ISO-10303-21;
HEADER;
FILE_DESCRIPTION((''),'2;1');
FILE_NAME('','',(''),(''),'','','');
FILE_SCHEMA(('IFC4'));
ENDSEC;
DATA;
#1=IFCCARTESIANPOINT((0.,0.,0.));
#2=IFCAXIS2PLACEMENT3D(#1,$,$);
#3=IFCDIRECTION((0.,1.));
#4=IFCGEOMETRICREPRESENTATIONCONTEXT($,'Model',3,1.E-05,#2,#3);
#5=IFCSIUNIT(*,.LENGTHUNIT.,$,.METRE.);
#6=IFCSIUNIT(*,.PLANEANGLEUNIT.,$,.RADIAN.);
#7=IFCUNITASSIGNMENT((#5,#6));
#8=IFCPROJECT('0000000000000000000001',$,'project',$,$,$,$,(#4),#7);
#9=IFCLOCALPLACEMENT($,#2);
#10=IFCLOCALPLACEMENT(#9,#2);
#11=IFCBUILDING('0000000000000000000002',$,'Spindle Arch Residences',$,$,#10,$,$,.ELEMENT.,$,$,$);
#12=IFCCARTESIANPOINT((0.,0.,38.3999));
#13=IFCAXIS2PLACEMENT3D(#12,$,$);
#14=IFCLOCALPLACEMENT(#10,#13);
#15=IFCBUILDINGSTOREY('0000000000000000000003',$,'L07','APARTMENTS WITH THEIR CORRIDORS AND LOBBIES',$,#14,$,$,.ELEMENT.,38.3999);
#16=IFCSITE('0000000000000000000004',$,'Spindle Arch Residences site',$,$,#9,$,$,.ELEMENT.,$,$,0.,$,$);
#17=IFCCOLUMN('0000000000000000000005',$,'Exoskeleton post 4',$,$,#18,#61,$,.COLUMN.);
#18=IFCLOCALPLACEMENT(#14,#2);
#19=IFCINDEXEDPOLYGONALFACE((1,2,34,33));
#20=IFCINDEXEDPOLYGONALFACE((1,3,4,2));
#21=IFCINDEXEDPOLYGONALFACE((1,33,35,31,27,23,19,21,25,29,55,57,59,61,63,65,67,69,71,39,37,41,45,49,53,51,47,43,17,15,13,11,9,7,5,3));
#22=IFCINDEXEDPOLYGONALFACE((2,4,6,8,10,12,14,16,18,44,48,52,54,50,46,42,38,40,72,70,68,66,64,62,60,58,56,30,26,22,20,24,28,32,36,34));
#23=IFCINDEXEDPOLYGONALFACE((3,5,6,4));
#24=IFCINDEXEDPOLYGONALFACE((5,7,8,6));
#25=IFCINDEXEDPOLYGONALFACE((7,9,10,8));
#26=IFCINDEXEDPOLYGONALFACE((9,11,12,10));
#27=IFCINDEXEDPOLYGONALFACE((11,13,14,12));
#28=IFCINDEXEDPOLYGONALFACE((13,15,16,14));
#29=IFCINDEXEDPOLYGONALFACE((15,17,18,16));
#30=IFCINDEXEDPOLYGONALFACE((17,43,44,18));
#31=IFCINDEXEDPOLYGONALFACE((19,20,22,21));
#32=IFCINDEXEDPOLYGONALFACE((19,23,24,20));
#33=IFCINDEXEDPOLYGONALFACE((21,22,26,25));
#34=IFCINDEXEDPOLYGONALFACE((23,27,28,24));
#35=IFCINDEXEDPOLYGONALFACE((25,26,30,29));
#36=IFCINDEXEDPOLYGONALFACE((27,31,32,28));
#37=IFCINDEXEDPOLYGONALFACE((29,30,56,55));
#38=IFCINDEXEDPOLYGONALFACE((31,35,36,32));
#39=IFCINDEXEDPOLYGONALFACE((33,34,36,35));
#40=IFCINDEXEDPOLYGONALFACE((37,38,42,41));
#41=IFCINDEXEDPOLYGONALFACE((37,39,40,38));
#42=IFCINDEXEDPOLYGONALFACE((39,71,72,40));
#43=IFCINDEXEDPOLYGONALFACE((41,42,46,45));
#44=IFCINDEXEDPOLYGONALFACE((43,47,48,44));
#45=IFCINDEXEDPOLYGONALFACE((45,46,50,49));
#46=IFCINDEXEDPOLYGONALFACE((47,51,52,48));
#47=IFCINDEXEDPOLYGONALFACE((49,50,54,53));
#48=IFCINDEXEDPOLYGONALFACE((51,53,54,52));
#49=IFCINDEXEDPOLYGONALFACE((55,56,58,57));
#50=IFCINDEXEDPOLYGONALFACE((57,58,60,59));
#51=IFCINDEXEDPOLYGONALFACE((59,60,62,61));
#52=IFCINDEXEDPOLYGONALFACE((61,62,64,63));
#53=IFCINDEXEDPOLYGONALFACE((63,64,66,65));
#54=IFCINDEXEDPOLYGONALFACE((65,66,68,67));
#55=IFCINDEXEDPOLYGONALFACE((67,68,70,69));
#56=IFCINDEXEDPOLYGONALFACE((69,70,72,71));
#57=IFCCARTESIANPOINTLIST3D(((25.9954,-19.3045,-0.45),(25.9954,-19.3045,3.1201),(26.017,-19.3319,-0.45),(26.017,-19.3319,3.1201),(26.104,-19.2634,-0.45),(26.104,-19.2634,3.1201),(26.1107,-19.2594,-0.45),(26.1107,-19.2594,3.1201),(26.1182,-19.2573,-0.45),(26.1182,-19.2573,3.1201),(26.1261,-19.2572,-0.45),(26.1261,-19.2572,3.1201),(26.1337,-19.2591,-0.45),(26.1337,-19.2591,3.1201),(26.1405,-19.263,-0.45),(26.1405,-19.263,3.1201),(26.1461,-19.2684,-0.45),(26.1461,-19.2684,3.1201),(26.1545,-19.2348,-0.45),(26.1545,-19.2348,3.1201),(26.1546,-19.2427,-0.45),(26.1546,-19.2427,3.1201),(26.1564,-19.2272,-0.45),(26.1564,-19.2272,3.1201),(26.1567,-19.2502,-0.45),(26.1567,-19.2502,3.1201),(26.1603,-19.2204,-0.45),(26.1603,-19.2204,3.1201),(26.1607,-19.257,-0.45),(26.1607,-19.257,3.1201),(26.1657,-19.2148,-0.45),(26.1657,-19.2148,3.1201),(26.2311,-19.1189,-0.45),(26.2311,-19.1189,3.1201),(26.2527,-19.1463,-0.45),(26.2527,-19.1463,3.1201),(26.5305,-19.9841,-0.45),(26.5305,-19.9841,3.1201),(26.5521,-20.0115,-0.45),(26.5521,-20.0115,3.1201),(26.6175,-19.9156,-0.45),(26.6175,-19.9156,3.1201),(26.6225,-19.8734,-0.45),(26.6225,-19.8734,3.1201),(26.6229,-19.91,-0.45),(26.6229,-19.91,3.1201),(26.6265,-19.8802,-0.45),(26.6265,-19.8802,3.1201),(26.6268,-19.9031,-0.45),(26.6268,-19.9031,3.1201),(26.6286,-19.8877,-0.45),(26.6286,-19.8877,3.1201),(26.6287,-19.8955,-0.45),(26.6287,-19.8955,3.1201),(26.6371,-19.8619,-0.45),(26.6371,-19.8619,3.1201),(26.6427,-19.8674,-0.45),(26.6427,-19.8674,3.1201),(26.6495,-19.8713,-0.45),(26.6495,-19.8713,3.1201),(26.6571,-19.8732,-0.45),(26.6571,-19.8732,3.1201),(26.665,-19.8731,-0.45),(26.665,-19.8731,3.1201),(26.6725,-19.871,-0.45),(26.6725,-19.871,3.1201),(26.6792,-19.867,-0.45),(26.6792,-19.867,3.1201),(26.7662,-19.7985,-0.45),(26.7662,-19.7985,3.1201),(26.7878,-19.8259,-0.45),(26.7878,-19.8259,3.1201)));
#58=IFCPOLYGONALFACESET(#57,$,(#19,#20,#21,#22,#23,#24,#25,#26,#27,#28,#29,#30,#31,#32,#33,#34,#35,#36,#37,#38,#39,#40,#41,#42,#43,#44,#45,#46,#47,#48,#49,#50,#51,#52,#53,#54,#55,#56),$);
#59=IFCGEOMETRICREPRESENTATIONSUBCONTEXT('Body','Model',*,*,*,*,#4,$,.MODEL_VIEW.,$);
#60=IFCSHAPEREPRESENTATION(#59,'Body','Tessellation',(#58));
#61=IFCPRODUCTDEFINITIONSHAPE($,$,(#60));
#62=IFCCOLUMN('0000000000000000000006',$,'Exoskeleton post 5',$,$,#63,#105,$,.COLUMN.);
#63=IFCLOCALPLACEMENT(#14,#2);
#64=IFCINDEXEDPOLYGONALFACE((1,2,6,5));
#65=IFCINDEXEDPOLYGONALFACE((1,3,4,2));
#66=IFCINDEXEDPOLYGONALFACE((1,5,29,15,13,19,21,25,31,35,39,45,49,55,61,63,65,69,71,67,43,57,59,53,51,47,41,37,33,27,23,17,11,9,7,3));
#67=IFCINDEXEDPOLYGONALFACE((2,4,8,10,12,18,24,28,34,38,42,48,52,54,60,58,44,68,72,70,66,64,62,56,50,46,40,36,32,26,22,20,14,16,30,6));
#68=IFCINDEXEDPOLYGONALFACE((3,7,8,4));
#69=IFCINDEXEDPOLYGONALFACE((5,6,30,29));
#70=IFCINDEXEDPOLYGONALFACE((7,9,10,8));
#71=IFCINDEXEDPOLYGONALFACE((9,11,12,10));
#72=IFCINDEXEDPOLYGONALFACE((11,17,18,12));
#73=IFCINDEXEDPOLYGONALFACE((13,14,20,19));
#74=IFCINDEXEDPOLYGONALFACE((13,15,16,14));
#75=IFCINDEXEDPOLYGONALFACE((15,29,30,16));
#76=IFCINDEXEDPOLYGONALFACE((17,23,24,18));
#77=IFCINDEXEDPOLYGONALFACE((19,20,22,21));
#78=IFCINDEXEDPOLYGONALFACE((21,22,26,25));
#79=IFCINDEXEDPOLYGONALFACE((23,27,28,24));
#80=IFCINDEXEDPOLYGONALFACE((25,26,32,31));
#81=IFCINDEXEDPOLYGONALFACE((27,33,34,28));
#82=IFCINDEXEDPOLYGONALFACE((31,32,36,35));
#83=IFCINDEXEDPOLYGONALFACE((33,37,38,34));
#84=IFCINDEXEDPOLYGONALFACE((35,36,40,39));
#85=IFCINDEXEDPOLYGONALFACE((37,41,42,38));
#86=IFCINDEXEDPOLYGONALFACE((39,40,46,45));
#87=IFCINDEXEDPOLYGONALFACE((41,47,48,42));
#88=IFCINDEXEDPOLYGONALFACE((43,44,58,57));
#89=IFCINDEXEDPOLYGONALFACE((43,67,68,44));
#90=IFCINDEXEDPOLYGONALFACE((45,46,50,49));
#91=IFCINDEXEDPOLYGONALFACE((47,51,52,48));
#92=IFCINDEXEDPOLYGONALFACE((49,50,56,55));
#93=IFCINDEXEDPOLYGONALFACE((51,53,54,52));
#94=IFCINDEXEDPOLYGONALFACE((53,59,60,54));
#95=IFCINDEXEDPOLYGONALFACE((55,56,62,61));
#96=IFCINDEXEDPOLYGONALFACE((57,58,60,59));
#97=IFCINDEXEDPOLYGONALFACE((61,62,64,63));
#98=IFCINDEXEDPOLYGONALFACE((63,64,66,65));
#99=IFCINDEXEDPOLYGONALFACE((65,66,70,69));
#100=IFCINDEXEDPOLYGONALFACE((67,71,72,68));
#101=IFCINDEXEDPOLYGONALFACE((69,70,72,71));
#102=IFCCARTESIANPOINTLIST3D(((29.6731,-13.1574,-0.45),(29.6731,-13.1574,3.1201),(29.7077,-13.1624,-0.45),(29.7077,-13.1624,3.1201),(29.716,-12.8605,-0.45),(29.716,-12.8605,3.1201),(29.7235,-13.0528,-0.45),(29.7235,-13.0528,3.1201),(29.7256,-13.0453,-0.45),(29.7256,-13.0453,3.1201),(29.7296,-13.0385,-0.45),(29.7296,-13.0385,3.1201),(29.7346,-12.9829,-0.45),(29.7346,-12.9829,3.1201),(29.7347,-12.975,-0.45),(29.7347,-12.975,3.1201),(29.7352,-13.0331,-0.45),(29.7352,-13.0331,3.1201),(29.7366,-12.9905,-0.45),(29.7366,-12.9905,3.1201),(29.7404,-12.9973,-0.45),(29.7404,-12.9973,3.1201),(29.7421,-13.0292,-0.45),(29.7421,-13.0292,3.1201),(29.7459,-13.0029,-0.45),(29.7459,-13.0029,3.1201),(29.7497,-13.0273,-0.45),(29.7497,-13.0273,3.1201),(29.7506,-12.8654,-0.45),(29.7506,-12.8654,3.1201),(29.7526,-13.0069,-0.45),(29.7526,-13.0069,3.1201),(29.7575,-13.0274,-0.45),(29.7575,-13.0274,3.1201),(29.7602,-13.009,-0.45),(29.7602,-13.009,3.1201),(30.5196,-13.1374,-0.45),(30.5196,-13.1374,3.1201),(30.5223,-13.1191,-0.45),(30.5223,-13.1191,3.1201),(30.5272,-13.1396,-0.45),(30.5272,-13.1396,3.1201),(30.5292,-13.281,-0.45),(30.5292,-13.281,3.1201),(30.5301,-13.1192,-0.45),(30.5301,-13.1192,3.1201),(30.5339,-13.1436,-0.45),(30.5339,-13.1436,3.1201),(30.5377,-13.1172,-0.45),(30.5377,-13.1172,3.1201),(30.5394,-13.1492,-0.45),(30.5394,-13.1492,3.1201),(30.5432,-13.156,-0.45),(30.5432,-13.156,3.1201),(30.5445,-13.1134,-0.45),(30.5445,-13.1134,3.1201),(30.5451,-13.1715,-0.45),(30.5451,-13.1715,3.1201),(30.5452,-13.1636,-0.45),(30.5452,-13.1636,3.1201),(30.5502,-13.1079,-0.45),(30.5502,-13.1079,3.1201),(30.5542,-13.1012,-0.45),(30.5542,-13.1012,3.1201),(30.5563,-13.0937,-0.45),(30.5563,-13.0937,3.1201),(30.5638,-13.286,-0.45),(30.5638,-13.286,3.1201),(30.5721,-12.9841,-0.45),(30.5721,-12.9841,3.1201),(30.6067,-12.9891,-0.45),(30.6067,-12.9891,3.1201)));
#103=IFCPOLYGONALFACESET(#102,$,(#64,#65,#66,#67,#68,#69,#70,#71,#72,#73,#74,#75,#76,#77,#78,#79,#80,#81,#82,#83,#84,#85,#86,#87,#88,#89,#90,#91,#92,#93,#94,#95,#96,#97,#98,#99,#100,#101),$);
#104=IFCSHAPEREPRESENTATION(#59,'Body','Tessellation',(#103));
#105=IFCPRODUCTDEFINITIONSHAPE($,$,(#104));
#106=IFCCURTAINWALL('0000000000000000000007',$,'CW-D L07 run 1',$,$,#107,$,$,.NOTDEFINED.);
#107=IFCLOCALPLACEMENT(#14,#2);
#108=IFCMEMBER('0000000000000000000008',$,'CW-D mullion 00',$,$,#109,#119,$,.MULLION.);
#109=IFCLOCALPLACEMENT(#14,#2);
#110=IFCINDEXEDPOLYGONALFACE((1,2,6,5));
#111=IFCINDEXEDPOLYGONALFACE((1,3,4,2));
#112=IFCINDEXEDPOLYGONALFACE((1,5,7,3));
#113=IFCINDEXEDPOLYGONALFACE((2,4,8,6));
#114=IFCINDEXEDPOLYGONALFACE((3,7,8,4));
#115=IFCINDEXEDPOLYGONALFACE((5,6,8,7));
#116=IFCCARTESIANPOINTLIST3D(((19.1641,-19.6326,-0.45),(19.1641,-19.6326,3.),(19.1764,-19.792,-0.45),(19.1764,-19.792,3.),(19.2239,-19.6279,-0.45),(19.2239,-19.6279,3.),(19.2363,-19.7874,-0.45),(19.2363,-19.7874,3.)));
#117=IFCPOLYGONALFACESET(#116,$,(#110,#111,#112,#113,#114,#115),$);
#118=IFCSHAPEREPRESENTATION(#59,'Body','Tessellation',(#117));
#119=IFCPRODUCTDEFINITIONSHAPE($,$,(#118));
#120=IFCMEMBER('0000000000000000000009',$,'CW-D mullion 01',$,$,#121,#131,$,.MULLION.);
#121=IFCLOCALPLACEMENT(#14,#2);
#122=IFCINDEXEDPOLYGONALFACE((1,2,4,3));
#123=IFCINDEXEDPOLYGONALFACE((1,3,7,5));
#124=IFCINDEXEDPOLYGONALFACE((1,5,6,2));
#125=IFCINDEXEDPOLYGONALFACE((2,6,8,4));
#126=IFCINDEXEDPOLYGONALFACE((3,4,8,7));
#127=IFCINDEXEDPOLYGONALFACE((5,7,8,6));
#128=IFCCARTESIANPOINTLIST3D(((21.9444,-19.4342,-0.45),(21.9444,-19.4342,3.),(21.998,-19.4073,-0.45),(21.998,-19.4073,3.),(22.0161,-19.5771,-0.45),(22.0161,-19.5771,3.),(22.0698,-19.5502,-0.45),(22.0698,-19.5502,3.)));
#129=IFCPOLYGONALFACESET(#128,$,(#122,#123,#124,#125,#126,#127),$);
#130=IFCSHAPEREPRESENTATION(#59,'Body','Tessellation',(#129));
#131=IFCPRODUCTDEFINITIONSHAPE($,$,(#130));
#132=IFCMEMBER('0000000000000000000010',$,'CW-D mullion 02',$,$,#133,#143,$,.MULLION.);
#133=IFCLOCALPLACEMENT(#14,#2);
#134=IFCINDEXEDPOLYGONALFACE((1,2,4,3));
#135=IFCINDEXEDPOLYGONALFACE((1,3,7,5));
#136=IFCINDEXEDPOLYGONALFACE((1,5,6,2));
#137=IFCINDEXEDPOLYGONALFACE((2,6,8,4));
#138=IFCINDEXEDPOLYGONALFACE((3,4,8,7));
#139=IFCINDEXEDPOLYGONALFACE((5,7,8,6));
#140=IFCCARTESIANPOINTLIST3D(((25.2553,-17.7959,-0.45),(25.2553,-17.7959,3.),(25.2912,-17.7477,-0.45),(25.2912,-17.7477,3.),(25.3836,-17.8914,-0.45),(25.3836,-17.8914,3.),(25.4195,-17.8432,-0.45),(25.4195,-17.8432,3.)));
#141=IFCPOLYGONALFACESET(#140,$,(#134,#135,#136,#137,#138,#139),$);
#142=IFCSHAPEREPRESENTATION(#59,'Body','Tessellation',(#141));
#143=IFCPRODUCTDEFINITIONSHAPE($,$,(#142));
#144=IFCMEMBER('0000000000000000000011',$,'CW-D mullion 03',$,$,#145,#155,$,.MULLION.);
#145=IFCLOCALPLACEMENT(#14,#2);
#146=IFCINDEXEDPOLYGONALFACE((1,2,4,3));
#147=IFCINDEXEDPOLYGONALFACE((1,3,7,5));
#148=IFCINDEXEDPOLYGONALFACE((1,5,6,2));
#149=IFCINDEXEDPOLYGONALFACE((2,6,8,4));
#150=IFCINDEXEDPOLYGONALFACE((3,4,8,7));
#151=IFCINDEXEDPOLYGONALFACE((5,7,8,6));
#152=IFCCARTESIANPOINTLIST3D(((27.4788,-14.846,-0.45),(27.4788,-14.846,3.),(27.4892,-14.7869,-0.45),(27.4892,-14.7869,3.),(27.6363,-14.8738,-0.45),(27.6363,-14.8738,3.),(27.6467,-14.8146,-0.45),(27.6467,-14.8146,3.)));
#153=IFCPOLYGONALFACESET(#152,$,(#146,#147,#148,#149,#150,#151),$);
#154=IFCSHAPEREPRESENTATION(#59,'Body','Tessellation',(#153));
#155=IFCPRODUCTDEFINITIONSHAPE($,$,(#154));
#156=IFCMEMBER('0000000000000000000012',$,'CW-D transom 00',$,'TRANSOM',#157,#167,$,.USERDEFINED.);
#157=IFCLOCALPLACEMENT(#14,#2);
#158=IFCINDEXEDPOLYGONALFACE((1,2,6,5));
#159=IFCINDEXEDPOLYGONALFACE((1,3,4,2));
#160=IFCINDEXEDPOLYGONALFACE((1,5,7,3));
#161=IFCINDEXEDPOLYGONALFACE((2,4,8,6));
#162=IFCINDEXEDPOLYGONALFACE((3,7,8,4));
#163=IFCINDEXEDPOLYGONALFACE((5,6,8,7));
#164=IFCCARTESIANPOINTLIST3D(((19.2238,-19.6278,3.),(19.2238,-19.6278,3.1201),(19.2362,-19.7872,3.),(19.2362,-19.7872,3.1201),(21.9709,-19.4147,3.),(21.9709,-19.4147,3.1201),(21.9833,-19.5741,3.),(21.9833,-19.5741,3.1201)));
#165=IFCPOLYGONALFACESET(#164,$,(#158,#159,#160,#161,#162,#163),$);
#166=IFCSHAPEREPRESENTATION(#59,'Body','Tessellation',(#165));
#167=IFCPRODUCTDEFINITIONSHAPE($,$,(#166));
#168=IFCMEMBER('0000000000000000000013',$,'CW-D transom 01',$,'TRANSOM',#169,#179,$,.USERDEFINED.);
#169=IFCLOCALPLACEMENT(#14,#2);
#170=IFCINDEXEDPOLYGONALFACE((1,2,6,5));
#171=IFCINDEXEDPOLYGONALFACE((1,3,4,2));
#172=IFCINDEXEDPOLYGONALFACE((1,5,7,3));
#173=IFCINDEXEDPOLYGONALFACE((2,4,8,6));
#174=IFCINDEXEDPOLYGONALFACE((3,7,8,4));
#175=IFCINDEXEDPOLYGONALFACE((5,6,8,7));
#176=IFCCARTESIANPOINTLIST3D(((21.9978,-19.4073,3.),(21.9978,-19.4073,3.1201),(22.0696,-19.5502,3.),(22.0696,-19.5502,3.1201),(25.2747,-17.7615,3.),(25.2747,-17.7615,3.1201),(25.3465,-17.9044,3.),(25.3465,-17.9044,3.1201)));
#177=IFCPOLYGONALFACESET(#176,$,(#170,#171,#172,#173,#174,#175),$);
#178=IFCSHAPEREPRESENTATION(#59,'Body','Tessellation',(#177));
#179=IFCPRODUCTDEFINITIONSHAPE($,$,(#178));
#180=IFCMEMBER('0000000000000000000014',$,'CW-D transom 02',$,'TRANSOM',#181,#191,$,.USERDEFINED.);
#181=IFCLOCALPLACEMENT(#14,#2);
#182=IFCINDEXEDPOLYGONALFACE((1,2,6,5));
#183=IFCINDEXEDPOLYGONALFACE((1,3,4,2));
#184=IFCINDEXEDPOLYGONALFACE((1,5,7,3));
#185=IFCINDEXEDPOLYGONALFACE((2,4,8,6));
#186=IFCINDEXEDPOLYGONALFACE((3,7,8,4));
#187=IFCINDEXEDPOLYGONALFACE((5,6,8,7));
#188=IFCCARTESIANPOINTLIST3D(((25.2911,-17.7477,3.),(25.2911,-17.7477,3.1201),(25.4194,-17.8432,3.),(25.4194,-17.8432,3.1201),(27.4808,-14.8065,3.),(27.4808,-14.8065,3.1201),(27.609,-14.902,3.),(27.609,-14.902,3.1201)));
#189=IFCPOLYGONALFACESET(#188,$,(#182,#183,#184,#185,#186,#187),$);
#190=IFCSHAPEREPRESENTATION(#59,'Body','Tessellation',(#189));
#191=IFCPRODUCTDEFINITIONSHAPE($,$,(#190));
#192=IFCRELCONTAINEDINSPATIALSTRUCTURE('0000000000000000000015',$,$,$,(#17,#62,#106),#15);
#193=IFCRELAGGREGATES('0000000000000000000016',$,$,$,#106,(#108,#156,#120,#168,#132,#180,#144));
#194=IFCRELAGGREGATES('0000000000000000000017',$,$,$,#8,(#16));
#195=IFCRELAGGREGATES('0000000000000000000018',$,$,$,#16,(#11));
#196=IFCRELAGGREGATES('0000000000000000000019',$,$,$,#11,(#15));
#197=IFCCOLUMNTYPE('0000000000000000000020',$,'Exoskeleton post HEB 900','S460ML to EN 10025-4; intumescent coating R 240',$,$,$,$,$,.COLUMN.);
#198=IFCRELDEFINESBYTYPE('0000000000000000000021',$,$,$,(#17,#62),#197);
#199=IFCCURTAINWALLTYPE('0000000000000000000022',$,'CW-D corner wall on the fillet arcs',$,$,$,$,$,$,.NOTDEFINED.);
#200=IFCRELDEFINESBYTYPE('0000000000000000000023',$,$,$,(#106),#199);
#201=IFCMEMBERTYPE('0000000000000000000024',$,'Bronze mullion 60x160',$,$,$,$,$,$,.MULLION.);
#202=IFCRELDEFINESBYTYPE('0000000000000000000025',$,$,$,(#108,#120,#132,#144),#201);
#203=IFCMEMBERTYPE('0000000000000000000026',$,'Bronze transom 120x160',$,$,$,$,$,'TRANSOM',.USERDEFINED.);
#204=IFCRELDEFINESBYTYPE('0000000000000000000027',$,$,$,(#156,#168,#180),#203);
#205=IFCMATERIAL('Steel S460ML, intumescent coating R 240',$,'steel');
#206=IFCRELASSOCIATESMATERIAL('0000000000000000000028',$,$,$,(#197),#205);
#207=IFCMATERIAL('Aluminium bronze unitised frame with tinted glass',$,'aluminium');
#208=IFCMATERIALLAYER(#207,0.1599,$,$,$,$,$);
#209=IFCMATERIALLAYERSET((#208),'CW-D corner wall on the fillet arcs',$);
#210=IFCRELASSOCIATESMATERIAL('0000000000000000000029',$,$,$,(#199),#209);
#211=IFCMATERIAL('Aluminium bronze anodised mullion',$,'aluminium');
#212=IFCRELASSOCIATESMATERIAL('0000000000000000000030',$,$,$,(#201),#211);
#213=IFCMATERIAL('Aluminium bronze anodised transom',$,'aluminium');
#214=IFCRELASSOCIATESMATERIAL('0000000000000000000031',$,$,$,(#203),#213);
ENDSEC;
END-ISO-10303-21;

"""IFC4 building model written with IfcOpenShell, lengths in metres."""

from ifc_helpers import new_model, si_unit, direction, frame, origin, origin_2d, place, context, subcontext, project, spatial, rectangle, i_section, extrude, material, layer, layer_set, material_profile, profile_set, type_object, element, aggregate, save


model = new_model("IFC4")

# Units and contexts
model_context = context("Model", 3, precision=1e-05, world=origin(), true_north=direction((0.0, 1.0)))
body_context = subcontext(model_context, "Body", "Model", "MODEL_VIEW")
ifc_project = project(units=[si_unit("LENGTHUNIT", "METRE"), si_unit("PLANEANGLEUNIT", "RADIAN")], contexts=[model_context])

# Site, building, storey
site_placement = place(None, origin())
site = spatial("IfcSite", under=ifc_project, at=site_placement, Name="Spindle Arch Residences site", CompositionType="ELEMENT", RefElevation=0.0)
building_placement = place(site_placement, origin())
building = spatial("IfcBuilding", under=site, at=building_placement, Name="Spindle Arch Residences", CompositionType="ELEMENT")
storey_placement = place(building_placement, frame((0.0, 0.0, 38.3999)))
storey = spatial("IfcBuildingStorey", under=building, at=storey_placement, Name="L07", Description="APARTMENTS WITH THEIR CORRIDORS AND LOBBIES", CompositionType="ELEMENT", Elevation=38.3999)

# Columns
ifc_material_1 = material(Name="Steel S460ML, intumescent coating R 240", Category="steel")
ifc_material_profile_1 = material_profile(ifc_material_1, i_section(OverallWidth=0.3, OverallDepth=0.8999, WebThickness=0.0186, FlangeThickness=0.0349, FilletRadius=0.03, at=origin_2d()), Name="HEB 900")
ifc_profile_set_1 = profile_set([ifc_material_profile_1], Name="Steel S460ML, intumescent coating R 240")
column_type = type_object("IfcColumnType", Name="Exoskeleton post HEB 900", Description="S460ML to EN 10025-4; intumescent coating R 240", PredefinedType="COLUMN", material=ifc_profile_set_1)
for number, where, z_axis, x_axis, name in (
    (1, (26.3916, -19.5652, -0.45), (0.0, 0.0, 1.0), (-0.785684, -0.618629, 0.0), "Exoskeleton post 4"),
    (2, (30.1399, -13.0732, -0.45), (0.0, 0.0, 1.0), (-0.142906, -0.989736, 0.0), "Exoskeleton post 5"),
):
    element("IfcColumn", number, at=place(storey_placement, frame(where, z_axis=z_axis, x_axis=x_axis)), inside=storey, type_object=column_type, Name=name, PredefinedType="COLUMN", context=body_context, shape_type="SweptSolid", body=[
        extrude(i_section(OverallWidth=0.3, OverallDepth=0.8999, WebThickness=0.0186, FlangeThickness=0.0349, FilletRadius=0.03, at=origin_2d()), origin(), (0.0, 0.0, 1.0), 3.5701),
    ])

# Curtain wall, members
ifc_material_2 = material(Name="Aluminium bronze unitised frame with tinted glass", Category="aluminium")
ifc_layer_1 = layer(ifc_material_2, 0.1599)
ifc_layer_set_1 = layer_set([ifc_layer_1], Name="CW-D corner wall on the fillet arcs")
curtain_wall_type = type_object("IfcCurtainWallType", Name="CW-D corner wall on the fillet arcs", PredefinedType="NOTDEFINED", material=ifc_layer_set_1)
curtain_wall_placement = place(storey_placement, origin())
curtain_wall = element("IfcCurtainWall", 3, at=curtain_wall_placement, inside=storey, type_object=curtain_wall_type, Name="CW-D L07 run 1", PredefinedType="NOTDEFINED")
ifc_material_3 = material(Name="Aluminium bronze anodised mullion", Category="aluminium")
ifc_material_profile_2 = material_profile(ifc_material_3, rectangle(XDim=0.1599, YDim=0.0601, at=origin_2d()), Name="MU 60x160")
ifc_profile_set_2 = profile_set([ifc_material_profile_2], Name="Aluminium bronze anodised mullion")
member_type_1 = type_object("IfcMemberType", Name="Bronze mullion 60x160", PredefinedType="MULLION", material=ifc_profile_set_2)
member_1_placement = place(storey_placement, frame((19.2002, -19.71, -0.45), z_axis=(0.0, 0.0, 1.0), x_axis=(-0.077364, 0.997003, 0.0)))
member_1 = element("IfcMember", 4, at=member_1_placement, type_object=member_type_1, Name="CW-D mullion 00", PredefinedType="MULLION", context=body_context, shape_type="SweptSolid", body=[
    extrude(rectangle(XDim=0.1599, YDim=0.0601, at=origin_2d()), origin(), (0.0, 0.0, 1.0), 3.45),
])
member_2_placement = place(storey_placement, frame((22.0071, -19.4922, -0.45), z_axis=(0.0, 0.0, 1.0), x_axis=(-0.448799, 0.893633, 0.0)))
member_2 = element("IfcMember", 5, at=member_2_placement, type_object=member_type_1, Name="CW-D mullion 01", PredefinedType="MULLION", context=body_context, shape_type="SweptSolid", body=[
    extrude(rectangle(XDim=0.1599, YDim=0.0601, at=origin_2d()), origin(), (0.0, 0.0, 1.0), 3.45),
])
member_3_placement = place(storey_placement, frame((25.3374, -17.8196, -0.45), z_axis=(0.0, 0.0, 1.0), x_axis=(-0.802123, 0.597159, 0.0)))
member_3 = element("IfcMember", 6, at=member_3_placement, type_object=member_type_1, Name="CW-D mullion 02", PredefinedType="MULLION", context=body_context, shape_type="SweptSolid", body=[
    extrude(rectangle(XDim=0.1599, YDim=0.0601, at=origin_2d()), origin(), (0.0, 0.0, 1.0), 3.45),
])
member_4_placement = place(storey_placement, frame((27.5627, -14.8303, -0.45), z_axis=(0.0, 0.0, 1.0), x_axis=(-0.984808, 0.173648, 0.0)))
member_4 = element("IfcMember", 7, at=member_4_placement, type_object=member_type_1, Name="CW-D mullion 03", PredefinedType="MULLION", context=body_context, shape_type="SweptSolid", body=[
    extrude(rectangle(XDim=0.1599, YDim=0.0601, at=origin_2d()), origin(), (0.0, 0.0, 1.0), 3.45),
])
ifc_material_4 = material(Name="Aluminium bronze anodised transom", Category="aluminium")
ifc_material_profile_3 = material_profile(ifc_material_4, rectangle(XDim=0.1599, YDim=0.1201, at=origin_2d()), Name="TR 120x160")
ifc_profile_set_3 = profile_set([ifc_material_profile_3], Name="Aluminium bronze anodised transom")
member_type_2 = type_object("IfcMemberType", Name="Bronze transom 120x160", ElementType="TRANSOM", PredefinedType="USERDEFINED", material=ifc_profile_set_3)
member_5_placement = place(storey_placement, frame((19.23, -19.7075, 3.0601), z_axis=(0.997004, 0.077354, 0.0), x_axis=(-0.077354, 0.997004, 0.0)))
member_5 = element("IfcMember", 8, at=member_5_placement, type_object=member_type_2, Name="CW-D transom 00", ObjectType="TRANSOM", PredefinedType="USERDEFINED", context=body_context, shape_type="SweptSolid", body=[
    extrude(rectangle(XDim=0.1599, YDim=0.1201, at=origin_2d()), origin(), (0.0, 0.0, 1.0), 2.7554),
])
member_6_placement = place(storey_placement, frame((22.0337, -19.4788, 3.0601), z_axis=(0.893627, 0.448811, 0.0), x_axis=(-0.448811, 0.893627, 0.0)))
member_6 = element("IfcMember", 9, at=member_6_placement, type_object=member_type_2, Name="CW-D transom 01", ObjectType="TRANSOM", PredefinedType="USERDEFINED", context=body_context, shape_type="SweptSolid", body=[
    extrude(rectangle(XDim=0.1599, YDim=0.1201, at=origin_2d()), origin(), (0.0, 0.0, 1.0), 3.667),
])
member_7_placement = place(storey_placement, frame((25.3552, -17.7954, 3.0601), z_axis=(0.597173, 0.802112, 0.0), x_axis=(-0.802112, 0.597173, 0.0)))
member_7 = element("IfcMember", 10, at=member_7_placement, type_object=member_type_2, Name="CW-D transom 02", ObjectType="TRANSOM", PredefinedType="USERDEFINED", context=body_context, shape_type="SweptSolid", body=[
    extrude(rectangle(XDim=0.1599, YDim=0.1201, at=origin_2d()), origin(), (0.0, 0.0, 1.0), 3.6667),
])

aggregate(curtain_wall, [member_1, member_5, member_2, member_6, member_3, member_7, member_4])

save(model, "model.ifc")
